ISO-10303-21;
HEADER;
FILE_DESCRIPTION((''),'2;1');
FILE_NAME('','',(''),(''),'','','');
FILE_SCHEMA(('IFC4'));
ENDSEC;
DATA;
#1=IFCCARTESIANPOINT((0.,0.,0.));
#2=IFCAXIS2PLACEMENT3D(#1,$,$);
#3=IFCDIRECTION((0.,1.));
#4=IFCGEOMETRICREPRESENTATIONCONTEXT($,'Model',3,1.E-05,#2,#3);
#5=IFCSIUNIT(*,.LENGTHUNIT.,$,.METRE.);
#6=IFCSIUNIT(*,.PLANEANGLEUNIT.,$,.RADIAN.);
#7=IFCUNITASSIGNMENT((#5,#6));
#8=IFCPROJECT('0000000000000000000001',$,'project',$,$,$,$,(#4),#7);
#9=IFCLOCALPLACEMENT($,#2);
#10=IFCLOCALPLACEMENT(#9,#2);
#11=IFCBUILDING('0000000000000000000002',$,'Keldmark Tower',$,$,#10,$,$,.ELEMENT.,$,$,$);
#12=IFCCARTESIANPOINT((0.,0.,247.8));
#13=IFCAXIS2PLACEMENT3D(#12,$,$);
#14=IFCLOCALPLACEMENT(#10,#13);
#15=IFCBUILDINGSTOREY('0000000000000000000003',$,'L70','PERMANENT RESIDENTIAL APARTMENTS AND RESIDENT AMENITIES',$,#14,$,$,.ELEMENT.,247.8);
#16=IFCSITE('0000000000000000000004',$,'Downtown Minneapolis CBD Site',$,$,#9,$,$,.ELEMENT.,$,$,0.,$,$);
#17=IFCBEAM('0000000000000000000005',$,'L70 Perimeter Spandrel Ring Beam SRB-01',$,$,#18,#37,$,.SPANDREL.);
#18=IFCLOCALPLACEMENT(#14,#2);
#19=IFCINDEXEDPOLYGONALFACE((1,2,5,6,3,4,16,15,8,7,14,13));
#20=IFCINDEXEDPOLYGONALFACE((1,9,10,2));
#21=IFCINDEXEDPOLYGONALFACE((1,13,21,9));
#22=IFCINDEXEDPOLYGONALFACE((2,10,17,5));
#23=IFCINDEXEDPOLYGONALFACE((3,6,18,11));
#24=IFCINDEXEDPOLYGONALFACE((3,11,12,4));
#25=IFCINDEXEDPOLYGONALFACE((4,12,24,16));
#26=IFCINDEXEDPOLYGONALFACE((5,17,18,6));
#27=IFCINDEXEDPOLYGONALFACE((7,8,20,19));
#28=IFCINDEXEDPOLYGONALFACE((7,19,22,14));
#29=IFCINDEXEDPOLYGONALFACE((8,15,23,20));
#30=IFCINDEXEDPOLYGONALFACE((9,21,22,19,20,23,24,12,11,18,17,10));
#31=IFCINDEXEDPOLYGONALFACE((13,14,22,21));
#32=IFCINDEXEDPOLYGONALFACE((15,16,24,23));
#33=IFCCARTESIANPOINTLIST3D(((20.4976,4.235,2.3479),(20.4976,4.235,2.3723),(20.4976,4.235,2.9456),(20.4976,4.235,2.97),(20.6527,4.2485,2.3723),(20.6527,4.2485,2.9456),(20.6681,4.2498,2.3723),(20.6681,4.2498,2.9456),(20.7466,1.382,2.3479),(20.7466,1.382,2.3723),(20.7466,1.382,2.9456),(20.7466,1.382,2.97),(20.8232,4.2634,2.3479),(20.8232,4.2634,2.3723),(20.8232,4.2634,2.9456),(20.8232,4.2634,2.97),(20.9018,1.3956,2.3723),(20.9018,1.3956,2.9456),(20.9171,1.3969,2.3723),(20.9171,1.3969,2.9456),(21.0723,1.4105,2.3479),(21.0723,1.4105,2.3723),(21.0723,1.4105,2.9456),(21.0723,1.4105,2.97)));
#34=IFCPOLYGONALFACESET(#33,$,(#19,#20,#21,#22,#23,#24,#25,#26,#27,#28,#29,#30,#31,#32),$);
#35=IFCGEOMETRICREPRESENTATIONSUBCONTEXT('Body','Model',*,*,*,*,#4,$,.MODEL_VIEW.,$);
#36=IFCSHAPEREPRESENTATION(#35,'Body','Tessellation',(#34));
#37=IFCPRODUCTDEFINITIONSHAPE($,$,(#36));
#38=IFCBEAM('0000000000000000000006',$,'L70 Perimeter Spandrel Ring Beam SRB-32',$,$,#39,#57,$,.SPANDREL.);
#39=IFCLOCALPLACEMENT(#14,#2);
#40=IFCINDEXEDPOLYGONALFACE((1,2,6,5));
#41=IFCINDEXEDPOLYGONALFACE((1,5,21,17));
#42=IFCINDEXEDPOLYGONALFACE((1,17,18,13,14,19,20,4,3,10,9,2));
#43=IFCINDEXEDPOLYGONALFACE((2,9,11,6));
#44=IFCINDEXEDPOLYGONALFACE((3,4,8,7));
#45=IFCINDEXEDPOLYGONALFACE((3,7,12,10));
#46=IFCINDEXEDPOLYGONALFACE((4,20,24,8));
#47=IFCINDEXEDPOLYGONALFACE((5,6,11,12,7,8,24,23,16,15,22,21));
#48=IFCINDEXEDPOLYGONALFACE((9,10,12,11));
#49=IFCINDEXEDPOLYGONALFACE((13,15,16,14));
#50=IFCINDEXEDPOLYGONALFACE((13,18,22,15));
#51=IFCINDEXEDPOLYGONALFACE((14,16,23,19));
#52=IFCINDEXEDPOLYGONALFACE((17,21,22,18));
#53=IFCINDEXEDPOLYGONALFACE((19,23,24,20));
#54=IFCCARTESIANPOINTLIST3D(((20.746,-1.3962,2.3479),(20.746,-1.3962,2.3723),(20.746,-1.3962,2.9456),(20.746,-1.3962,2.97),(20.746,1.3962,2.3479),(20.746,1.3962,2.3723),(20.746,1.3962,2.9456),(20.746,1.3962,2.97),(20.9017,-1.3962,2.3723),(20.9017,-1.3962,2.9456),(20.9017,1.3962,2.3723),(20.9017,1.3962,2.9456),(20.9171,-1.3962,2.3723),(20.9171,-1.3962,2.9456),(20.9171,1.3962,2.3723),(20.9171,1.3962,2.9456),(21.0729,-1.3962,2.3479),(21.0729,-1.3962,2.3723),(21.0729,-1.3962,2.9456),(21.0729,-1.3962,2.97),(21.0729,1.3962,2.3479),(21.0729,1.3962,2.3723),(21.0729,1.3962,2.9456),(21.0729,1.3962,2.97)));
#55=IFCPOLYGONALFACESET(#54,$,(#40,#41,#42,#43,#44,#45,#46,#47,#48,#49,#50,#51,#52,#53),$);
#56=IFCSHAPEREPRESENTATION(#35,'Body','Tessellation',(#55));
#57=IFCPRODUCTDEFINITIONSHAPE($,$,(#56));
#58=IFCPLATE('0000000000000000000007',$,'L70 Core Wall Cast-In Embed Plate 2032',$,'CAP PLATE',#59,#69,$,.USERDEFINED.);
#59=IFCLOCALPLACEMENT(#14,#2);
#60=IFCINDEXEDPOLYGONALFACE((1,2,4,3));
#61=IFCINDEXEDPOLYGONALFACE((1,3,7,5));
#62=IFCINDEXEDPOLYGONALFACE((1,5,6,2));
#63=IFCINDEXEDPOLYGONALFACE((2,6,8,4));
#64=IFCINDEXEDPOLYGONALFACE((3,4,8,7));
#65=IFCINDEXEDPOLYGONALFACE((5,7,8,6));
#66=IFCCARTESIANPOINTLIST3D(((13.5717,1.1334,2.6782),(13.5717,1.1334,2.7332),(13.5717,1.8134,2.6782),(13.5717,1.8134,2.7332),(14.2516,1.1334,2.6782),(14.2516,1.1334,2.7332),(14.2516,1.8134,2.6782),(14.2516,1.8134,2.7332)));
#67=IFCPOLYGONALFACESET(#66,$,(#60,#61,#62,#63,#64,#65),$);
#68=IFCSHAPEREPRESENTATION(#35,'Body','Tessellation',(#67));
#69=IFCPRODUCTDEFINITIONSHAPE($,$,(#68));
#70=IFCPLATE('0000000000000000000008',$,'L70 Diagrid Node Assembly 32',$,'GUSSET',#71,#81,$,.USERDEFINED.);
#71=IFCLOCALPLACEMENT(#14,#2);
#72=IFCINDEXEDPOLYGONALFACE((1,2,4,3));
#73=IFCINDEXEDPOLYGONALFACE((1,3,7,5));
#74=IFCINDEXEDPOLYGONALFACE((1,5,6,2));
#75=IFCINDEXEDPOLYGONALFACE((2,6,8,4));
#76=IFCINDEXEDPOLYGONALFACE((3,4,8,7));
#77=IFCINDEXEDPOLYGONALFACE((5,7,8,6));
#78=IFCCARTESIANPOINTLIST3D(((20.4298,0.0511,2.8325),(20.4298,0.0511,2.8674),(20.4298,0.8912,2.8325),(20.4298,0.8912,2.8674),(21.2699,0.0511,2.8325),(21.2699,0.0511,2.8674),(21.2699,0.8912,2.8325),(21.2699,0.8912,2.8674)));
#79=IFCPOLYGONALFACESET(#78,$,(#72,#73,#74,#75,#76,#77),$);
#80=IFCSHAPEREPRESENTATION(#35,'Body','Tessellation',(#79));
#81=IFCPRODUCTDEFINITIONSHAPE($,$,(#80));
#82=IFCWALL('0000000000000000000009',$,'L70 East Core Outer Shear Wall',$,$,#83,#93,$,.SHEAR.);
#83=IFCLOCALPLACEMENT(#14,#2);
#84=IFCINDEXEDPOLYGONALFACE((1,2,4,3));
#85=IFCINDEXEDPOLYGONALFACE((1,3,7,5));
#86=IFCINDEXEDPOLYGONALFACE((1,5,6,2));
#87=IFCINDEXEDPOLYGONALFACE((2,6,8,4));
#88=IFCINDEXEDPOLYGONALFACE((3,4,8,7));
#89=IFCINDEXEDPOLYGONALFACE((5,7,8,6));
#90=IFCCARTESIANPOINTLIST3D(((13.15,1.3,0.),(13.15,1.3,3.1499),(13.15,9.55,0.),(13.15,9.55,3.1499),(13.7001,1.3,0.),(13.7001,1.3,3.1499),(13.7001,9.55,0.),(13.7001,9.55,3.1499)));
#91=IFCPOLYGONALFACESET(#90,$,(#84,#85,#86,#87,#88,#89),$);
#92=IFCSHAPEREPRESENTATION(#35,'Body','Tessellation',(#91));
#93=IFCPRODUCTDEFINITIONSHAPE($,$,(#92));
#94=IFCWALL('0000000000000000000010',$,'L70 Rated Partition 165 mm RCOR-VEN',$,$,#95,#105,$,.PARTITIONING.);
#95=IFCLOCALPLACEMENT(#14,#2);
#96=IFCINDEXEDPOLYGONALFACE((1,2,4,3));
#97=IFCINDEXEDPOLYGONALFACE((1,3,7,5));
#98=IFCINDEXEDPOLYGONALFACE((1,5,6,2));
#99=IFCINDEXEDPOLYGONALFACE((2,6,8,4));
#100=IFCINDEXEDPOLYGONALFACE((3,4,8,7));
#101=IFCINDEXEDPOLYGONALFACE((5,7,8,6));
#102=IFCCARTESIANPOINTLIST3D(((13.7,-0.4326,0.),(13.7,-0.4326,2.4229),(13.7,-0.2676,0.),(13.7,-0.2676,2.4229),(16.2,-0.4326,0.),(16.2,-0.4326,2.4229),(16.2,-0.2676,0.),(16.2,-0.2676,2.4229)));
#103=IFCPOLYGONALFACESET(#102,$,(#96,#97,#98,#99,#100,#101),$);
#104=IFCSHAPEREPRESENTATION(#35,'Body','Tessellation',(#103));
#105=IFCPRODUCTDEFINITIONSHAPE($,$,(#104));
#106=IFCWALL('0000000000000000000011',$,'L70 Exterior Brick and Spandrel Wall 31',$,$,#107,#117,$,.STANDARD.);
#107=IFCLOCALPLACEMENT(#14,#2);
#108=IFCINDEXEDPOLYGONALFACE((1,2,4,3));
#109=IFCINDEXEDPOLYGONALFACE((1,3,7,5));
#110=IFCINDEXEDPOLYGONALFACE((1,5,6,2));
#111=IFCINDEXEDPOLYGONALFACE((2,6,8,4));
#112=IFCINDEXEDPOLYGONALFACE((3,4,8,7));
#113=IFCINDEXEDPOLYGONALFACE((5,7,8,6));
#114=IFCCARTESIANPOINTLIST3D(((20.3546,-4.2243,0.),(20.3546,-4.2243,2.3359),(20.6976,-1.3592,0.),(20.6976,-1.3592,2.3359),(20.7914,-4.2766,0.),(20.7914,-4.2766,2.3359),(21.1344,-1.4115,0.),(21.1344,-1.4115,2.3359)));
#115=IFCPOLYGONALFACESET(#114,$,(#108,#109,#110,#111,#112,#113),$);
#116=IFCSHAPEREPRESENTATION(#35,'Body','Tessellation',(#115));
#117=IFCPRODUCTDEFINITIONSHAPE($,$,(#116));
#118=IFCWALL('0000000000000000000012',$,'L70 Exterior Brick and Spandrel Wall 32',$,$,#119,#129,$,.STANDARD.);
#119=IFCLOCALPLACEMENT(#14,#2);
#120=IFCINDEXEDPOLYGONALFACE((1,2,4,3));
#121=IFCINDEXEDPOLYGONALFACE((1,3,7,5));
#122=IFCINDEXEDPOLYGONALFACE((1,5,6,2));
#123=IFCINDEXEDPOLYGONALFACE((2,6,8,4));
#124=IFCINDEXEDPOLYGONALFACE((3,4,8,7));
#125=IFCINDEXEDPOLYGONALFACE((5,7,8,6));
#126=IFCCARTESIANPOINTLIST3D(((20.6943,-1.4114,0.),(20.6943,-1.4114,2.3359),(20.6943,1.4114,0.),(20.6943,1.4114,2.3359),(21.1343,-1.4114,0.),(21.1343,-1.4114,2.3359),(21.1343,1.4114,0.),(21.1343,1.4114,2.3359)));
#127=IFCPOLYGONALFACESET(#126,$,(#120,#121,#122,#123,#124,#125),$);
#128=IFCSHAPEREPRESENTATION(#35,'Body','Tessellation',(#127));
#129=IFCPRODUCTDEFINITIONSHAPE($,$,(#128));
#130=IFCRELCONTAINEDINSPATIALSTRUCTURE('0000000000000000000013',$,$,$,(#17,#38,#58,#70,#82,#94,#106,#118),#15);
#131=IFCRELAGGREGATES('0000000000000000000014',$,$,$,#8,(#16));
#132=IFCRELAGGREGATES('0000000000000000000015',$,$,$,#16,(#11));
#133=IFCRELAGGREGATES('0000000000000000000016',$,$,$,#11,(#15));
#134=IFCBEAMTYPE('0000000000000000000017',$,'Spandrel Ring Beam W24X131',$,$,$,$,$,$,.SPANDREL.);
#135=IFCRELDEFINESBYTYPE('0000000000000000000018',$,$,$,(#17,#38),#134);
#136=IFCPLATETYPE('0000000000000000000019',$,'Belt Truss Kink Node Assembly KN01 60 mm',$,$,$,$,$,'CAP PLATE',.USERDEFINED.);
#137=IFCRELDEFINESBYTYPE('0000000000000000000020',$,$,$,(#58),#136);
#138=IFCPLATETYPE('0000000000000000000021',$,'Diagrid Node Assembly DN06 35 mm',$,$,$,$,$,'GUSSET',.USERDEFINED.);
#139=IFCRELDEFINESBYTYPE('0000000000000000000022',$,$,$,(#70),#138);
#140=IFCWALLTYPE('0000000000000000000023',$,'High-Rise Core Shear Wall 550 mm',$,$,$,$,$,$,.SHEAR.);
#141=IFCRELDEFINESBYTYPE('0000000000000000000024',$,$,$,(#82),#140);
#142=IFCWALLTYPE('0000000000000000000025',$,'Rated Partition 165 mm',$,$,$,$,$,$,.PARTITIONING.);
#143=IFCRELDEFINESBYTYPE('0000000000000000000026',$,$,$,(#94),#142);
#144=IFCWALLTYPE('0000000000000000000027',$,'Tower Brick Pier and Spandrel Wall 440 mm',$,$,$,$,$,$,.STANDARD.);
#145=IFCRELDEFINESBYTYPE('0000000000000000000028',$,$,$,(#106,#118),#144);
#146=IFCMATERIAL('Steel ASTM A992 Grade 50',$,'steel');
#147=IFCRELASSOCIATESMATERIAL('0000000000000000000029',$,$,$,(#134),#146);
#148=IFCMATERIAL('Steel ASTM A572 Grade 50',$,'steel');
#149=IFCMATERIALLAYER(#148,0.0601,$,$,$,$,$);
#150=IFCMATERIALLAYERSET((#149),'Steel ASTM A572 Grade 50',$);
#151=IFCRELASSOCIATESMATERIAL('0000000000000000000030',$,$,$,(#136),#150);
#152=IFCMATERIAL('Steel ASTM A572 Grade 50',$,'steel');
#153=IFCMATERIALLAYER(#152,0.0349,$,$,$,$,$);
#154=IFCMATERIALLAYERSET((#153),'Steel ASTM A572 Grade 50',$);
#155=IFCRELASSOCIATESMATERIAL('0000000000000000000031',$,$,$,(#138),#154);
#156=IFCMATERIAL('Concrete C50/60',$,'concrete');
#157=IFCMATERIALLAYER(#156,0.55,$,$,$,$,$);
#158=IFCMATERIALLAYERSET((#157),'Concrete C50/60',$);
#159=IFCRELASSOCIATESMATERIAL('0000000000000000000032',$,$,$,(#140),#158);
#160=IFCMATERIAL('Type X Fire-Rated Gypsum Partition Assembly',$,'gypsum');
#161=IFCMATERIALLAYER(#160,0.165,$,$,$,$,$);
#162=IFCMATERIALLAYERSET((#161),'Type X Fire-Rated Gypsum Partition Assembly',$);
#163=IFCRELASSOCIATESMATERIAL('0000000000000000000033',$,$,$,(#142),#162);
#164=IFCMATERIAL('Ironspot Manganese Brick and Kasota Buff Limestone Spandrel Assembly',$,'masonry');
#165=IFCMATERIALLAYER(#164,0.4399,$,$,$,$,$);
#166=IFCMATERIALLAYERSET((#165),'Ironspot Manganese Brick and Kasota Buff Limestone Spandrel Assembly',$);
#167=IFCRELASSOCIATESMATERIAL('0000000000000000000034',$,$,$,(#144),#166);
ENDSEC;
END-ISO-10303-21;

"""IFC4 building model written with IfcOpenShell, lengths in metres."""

from ifc_helpers import new_model, si_unit, direction, frame, frame_2d, origin, origin_2d, place, context, subcontext, project, spatial, rectangle, i_section, extrude, material, layer, layer_set, material_profile, profile_set, type_object, element, save


model = new_model("IFC4")

# Units and contexts
model_context = context("Model", 3, precision=1e-05, world=origin(), true_north=direction((0.0, 1.0)))
body_context = subcontext(model_context, "Body", "Model", "MODEL_VIEW")
ifc_project = project(units=[si_unit("LENGTHUNIT", "METRE"), si_unit("PLANEANGLEUNIT", "RADIAN")], contexts=[model_context])

# Site, building, storey
site_placement = place(None, origin())
site = spatial("IfcSite", under=ifc_project, at=site_placement, Name="Downtown Minneapolis CBD Site", CompositionType="ELEMENT", RefElevation=0.0)
building_placement = place(site_placement, origin())
building = spatial("IfcBuilding", under=site, at=building_placement, Name="Keldmark Tower", CompositionType="ELEMENT")
storey_placement = place(building_placement, frame((0.0, 0.0, 247.8)))
storey = spatial("IfcBuildingStorey", under=building, at=storey_placement, Name="L70", Description="PERMANENT RESIDENTIAL APARTMENTS AND RESIDENT AMENITIES", CompositionType="ELEMENT", Elevation=247.8)

# Beams
ifc_material_1 = material(Name="Steel ASTM A992 Grade 50", Category="steel")
ifc_material_profile_1 = material_profile(ifc_material_1, i_section(OverallWidth=0.3269, OverallDepth=0.6221, WebThickness=0.0154, FlangeThickness=0.0244, at=origin_2d()), Name="W24X131")
ifc_profile_set_1 = profile_set([ifc_material_profile_1], Name="Steel ASTM A992 Grade 50")
beam_type_1 = type_object("IfcBeamType", Name="Spandrel Ring Beam W24X131", PredefinedType="SPANDREL", material=ifc_profile_set_1)
beam_1_placement = place(storey_placement, frame((20.9094, 1.3962, 2.6589), z_axis=(-0.086953, 0.996212, 0.0), x_axis=(-0.996212, -0.086953, 0.0)))
element("IfcBeam", 1, at=beam_1_placement, inside=storey, type_object=beam_type_1, Name="L70 Perimeter Spandrel Ring Beam SRB-01", PredefinedType="SPANDREL", context=body_context, shape_type="SweptSolid", body=[
    extrude(i_section(OverallWidth=0.3269, OverallDepth=0.6221, WebThickness=0.0154, FlangeThickness=0.0244, at=origin_2d()), origin(), (0.0, 0.0, 1.0), 2.8638),
])
beam_2_placement = place(storey_placement, frame((20.9094, -1.3962, 2.6589), z_axis=(0.0, 1.0, 0.0), x_axis=(-1.0, 0.0, 0.0)))
element("IfcBeam", 2, at=beam_2_placement, inside=storey, type_object=beam_type_1, Name="L70 Perimeter Spandrel Ring Beam SRB-32", PredefinedType="SPANDREL", context=body_context, shape_type="SweptSolid", body=[
    extrude(i_section(OverallWidth=0.3269, OverallDepth=0.6221, WebThickness=0.0154, FlangeThickness=0.0244, at=origin_2d()), origin(), (0.0, 0.0, 1.0), 2.7925),
])

# Plates
ifc_material_2 = material(Name="Steel ASTM A572 Grade 50", Category="steel")
ifc_layer_1 = layer(ifc_material_2, 0.0601)
ifc_layer_set_1 = layer_set([ifc_layer_1], Name="Steel ASTM A572 Grade 50")
plate_type_1 = type_object("IfcPlateType", Name="Belt Truss Kink Node Assembly KN01 60 mm", ElementType="CAP PLATE", PredefinedType="USERDEFINED", material=ifc_layer_set_1)
plate_1_placement = place(storey_placement, frame((13.9116, 1.4734, 2.6782), z_axis=(0.0, 0.0, 1.0), x_axis=(1.0, 0.0, 0.0)))
element("IfcPlate", 3, at=plate_1_placement, inside=storey, type_object=plate_type_1, Name="L70 Core Wall Cast-In Embed Plate 2032", ObjectType="CAP PLATE", PredefinedType="USERDEFINED", context=body_context, shape_type="SweptSolid", body=[
    extrude(rectangle(XDim=0.6799, YDim=0.6799, at=origin_2d()), origin(), (0.0, 0.0, 1.0), 0.0549),
])
ifc_material_3 = material(Name="Steel ASTM A572 Grade 50", Category="steel")
ifc_layer_2 = layer(ifc_material_3, 0.0349)
ifc_layer_set_2 = layer_set([ifc_layer_2], Name="Steel ASTM A572 Grade 50")
plate_type_2 = type_object("IfcPlateType", Name="Diagrid Node Assembly DN06 35 mm", ElementType="GUSSET", PredefinedType="USERDEFINED", material=ifc_layer_set_2)
plate_2_placement = place(storey_placement, frame((20.8499, 0.4712, 2.8325), z_axis=(0.0, 0.0, 1.0), x_axis=(0.0, 1.0, 0.0)))
element("IfcPlate", 4, at=plate_2_placement, inside=storey, type_object=plate_type_2, Name="L70 Diagrid Node Assembly 32", ObjectType="GUSSET", PredefinedType="USERDEFINED", context=body_context, shape_type="SweptSolid", body=[
    extrude(rectangle(XDim=0.8401, YDim=0.8401, at=origin_2d()), origin(), (0.0, 0.0, 1.0), 0.0349),
])

# Wall
ifc_material_4 = material(Name="Concrete C50/60", Category="concrete")
ifc_layer_3 = layer(ifc_material_4, 0.55)
ifc_layer_set_3 = layer_set([ifc_layer_3], Name="Concrete C50/60")
wall_type_1 = type_object("IfcWallType", Name="High-Rise Core Shear Wall 550 mm", PredefinedType="SHEAR", material=ifc_layer_set_3)
wall_1_placement = place(storey_placement, frame((13.425, 1.3, 0.0), z_axis=(0.0, 0.0, 1.0), x_axis=(0.0, 1.0, 0.0)))
element("IfcWall", 5, at=wall_1_placement, inside=storey, type_object=wall_type_1, Name="L70 East Core Outer Shear Wall", PredefinedType="SHEAR", context=body_context, shape_type="SweptSolid", body=[
    extrude(rectangle(XDim=8.25, YDim=0.55, at=frame_2d((4.125, 0.0))), origin(), (0.0, 0.0, 1.0), 3.1499),
])

# Shared definitions
ifc_material_5 = material(Name="Type X Fire-Rated Gypsum Partition Assembly", Category="gypsum")
ifc_layer_4 = layer(ifc_material_5, 0.165)
ifc_layer_set_4 = layer_set([ifc_layer_4], Name="Type X Fire-Rated Gypsum Partition Assembly")
wall_type_2 = type_object("IfcWallType", Name="Rated Partition 165 mm", PredefinedType="PARTITIONING", material=ifc_layer_set_4)

# Walls
wall_2_placement = place(storey_placement, frame((13.7, -0.3501, 0.0), z_axis=(0.0, 0.0, 1.0), x_axis=(1.0, 0.0, 0.0)))
element("IfcWall", 6, at=wall_2_placement, inside=storey, type_object=wall_type_2, Name="L70 Rated Partition 165 mm RCOR-VEN", PredefinedType="PARTITIONING", context=body_context, shape_type="SweptSolid", body=[
    extrude(rectangle(XDim=2.5, YDim=0.165, at=frame_2d((1.25, 0.0))), origin(), (0.0, 0.0, 1.0), 2.4229),
])
ifc_material_6 = material(Name="Ironspot Manganese Brick and Kasota Buff Limestone Spandrel Assembly", Category="masonry")
ifc_layer_5 = layer(ifc_material_6, 0.4399)
ifc_layer_set_5 = layer_set([ifc_layer_5], Name="Ironspot Manganese Brick and Kasota Buff Limestone Spandrel Assembly")
wall_type_3 = type_object("IfcWallType", Name="Tower Brick Pier and Spandrel Wall 440 mm", PredefinedType="STANDARD", material=ifc_layer_set_5)
wall_3_placement = place(storey_placement, frame((20.916, -1.3853, 0.0), z_axis=(0.0, 0.0, 1.0), x_axis=(-0.118878, -0.992909, 0.0)))
element("IfcWall", 7, at=wall_3_placement, inside=storey, type_object=wall_type_3, Name="L70 Exterior Brick and Spandrel Wall 31", PredefinedType="STANDARD", context=body_context, shape_type="SweptSolid", body=[
    extrude(rectangle(XDim=2.8855, YDim=0.4399, at=frame_2d((1.4429, 0.0))), origin(), (0.0, 0.0, 1.0), 2.3359),
])
wall_4_placement = place(storey_placement, frame((20.9143, 1.4114, 0.0), z_axis=(0.0, 0.0, 1.0), x_axis=(0.0, -1.0, 0.0)))
element("IfcWall", 8, at=wall_4_placement, inside=storey, type_object=wall_type_3, Name="L70 Exterior Brick and Spandrel Wall 32", PredefinedType="STANDARD", context=body_context, shape_type="SweptSolid", body=[
    extrude(rectangle(XDim=2.8228, YDim=0.4399, at=frame_2d((1.4114, 0.0))), origin(), (0.0, 0.0, 1.0), 2.3359),
])

save(model, "model.ifc")
